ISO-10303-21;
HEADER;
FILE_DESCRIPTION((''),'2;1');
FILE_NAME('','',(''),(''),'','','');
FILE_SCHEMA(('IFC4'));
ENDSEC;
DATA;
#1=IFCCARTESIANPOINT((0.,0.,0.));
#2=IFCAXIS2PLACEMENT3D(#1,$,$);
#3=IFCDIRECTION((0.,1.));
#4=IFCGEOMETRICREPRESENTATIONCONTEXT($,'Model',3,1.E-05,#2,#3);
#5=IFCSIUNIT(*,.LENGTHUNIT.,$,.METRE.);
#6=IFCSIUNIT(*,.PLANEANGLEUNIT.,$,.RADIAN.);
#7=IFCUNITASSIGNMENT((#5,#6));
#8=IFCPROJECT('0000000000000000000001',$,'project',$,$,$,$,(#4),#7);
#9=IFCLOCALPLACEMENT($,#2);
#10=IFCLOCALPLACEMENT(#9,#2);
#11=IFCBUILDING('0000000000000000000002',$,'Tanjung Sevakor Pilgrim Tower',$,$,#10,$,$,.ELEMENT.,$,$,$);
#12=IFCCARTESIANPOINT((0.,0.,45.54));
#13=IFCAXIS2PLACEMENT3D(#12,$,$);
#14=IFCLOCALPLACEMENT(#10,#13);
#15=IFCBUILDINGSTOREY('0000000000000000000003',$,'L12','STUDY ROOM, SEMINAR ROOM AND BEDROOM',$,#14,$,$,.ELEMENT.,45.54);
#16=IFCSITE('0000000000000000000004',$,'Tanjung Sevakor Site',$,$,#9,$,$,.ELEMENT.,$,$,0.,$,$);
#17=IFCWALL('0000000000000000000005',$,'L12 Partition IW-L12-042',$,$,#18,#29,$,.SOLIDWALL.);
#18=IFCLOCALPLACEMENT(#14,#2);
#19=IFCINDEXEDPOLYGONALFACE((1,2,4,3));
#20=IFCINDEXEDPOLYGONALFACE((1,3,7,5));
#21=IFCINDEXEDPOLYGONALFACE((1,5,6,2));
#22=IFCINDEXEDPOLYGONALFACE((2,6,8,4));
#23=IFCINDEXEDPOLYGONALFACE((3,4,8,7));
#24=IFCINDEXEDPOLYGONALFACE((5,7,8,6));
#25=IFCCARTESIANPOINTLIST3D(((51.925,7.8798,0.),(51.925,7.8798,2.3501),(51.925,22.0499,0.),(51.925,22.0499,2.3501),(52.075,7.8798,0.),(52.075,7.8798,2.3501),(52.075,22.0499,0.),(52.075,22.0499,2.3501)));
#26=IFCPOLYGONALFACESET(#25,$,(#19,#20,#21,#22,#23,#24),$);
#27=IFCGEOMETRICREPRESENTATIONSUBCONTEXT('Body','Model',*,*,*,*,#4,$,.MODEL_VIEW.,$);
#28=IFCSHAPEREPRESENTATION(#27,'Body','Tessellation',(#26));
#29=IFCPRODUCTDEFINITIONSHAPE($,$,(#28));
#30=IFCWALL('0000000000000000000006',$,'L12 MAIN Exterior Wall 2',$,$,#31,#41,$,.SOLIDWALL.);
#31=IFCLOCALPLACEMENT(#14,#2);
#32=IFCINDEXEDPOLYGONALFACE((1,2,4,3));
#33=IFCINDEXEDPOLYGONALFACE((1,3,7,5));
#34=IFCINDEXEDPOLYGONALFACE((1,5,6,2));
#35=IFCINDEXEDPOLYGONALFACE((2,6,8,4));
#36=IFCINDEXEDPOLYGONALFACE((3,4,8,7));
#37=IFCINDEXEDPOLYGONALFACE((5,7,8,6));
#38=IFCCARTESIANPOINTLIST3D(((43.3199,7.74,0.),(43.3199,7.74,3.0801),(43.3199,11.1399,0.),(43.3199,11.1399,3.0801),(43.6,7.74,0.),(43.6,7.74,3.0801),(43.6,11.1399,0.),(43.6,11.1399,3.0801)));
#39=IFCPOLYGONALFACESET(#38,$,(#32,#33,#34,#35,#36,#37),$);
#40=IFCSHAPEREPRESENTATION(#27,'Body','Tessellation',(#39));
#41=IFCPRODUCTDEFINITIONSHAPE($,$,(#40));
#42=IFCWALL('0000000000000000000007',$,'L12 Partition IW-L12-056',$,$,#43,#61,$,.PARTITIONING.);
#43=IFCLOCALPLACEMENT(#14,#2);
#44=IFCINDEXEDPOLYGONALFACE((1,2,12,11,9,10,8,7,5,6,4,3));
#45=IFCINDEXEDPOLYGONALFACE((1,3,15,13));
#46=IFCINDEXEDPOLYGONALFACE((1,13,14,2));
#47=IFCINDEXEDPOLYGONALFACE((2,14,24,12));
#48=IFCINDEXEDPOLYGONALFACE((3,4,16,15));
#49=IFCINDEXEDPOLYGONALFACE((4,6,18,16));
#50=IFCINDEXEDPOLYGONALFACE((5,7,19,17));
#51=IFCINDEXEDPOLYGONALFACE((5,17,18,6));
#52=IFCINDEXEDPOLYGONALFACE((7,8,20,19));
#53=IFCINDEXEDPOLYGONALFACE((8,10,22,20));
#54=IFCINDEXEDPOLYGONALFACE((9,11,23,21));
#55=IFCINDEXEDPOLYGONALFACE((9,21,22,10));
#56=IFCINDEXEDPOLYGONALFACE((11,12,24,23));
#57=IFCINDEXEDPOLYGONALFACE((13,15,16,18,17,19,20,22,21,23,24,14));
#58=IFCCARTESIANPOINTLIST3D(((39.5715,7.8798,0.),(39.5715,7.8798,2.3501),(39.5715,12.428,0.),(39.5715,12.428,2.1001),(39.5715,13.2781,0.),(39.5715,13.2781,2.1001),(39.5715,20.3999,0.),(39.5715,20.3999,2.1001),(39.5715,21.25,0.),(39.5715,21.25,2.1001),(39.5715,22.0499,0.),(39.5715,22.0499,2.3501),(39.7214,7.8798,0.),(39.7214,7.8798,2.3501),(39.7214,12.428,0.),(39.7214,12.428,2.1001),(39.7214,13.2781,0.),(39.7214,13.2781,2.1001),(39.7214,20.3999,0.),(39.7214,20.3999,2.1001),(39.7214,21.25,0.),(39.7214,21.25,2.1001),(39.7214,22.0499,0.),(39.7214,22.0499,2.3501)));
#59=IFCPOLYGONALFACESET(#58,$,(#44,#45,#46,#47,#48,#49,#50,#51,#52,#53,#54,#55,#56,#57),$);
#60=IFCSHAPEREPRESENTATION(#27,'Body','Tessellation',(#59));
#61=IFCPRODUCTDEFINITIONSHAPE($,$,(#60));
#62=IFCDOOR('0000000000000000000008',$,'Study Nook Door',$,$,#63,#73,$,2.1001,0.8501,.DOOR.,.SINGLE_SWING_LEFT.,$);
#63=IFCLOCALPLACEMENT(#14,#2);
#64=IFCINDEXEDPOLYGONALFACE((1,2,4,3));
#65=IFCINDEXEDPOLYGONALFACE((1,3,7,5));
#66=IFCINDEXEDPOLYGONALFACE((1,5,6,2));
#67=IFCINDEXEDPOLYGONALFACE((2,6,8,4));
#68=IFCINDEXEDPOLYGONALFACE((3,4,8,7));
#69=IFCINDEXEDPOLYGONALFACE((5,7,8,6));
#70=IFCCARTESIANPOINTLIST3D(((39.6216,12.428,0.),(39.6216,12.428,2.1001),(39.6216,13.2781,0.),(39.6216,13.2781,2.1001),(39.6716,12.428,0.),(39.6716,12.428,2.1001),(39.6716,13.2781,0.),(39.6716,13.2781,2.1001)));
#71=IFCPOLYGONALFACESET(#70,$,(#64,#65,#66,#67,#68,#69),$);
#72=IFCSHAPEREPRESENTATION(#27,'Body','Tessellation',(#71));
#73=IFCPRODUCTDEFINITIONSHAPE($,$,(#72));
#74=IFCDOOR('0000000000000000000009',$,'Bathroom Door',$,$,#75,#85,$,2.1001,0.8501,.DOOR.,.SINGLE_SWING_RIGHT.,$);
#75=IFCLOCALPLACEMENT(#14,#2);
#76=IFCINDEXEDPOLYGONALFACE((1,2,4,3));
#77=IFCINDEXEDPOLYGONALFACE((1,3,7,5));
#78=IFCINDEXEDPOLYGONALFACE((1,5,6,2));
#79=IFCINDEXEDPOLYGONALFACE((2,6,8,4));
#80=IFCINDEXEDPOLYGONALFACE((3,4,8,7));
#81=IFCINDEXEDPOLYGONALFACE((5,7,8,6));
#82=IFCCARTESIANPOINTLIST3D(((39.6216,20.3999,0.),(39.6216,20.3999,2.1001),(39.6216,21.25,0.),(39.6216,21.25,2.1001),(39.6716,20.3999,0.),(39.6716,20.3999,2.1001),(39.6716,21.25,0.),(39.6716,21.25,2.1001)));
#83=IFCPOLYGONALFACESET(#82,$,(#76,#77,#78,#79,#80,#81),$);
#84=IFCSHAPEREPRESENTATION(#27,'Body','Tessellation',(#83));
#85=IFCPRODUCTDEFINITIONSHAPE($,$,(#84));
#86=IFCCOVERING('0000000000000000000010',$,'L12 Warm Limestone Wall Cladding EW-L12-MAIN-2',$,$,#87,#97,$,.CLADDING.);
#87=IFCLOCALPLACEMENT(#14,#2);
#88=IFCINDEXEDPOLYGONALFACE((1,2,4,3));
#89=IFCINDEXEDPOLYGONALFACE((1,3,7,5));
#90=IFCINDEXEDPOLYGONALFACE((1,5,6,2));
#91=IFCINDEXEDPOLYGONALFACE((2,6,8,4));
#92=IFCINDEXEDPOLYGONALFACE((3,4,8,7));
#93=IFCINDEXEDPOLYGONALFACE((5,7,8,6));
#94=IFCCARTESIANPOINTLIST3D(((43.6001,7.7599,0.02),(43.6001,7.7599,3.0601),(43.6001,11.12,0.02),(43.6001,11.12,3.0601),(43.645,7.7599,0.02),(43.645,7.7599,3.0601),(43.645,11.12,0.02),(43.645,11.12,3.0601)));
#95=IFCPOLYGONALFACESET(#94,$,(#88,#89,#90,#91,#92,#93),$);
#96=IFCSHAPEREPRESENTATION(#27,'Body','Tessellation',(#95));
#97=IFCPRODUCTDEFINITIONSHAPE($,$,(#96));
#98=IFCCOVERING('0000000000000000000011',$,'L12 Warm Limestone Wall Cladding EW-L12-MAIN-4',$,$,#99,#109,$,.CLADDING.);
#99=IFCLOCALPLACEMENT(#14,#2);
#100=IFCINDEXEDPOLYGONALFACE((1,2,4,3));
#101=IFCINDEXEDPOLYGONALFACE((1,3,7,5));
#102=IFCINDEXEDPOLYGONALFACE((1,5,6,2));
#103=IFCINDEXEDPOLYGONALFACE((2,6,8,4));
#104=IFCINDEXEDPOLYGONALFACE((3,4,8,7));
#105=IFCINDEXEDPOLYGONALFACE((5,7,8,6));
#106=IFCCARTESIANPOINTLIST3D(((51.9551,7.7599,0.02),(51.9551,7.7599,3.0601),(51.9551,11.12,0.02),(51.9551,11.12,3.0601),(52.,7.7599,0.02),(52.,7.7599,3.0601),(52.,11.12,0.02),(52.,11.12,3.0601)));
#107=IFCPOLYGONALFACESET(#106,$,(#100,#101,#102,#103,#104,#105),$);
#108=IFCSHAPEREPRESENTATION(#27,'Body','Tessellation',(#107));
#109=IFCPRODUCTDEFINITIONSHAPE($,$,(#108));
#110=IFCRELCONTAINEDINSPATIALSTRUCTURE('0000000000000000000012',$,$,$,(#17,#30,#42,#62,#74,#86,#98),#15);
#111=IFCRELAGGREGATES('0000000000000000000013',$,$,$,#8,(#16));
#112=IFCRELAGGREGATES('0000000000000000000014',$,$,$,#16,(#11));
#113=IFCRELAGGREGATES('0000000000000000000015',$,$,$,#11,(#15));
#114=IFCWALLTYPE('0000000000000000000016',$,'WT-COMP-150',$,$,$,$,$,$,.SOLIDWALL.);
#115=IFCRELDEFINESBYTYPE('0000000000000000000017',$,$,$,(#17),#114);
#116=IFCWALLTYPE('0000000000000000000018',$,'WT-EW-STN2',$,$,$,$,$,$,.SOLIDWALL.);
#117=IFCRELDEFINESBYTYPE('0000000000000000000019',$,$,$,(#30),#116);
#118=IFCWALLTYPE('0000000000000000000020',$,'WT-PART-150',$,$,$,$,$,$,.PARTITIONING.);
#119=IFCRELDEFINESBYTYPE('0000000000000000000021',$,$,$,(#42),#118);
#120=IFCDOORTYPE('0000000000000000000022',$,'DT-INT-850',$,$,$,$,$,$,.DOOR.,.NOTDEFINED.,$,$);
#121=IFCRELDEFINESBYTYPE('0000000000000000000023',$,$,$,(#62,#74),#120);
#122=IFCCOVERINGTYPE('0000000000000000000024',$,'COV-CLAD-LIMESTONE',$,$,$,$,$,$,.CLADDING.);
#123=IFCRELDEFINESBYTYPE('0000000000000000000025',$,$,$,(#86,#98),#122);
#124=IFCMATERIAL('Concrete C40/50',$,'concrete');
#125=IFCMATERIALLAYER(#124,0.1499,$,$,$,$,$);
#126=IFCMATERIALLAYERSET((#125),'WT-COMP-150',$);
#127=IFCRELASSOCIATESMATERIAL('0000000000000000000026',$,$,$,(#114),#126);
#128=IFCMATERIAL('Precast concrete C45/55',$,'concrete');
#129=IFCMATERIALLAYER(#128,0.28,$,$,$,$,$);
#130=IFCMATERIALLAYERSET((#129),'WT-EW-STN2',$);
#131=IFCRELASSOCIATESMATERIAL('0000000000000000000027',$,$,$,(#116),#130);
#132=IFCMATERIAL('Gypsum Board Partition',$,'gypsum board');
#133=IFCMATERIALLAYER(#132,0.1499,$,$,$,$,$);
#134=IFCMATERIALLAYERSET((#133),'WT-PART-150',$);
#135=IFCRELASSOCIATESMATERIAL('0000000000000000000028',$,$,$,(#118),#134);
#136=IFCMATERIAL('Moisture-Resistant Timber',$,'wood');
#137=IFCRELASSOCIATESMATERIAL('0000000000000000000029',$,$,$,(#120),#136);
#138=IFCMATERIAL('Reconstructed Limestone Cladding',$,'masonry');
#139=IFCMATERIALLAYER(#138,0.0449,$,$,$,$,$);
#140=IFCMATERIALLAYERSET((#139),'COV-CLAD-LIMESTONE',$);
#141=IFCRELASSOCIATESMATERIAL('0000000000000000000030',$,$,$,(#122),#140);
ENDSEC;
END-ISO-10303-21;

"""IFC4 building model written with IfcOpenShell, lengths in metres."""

from ifc_helpers import new_model, si_unit, direction, frame, frame_2d, origin, origin_2d, place, context, subcontext, project, spatial, rectangle, extrude, material, layer, layer_set, type_object, element, fill, save


model = new_model("IFC4")

# Units and contexts
model_context = context("Model", 3, precision=1e-05, world=origin(), true_north=direction((0.0, 1.0)))
body_context = subcontext(model_context, "Body", "Model", "MODEL_VIEW")
ifc_project = project(units=[si_unit("LENGTHUNIT", "METRE"), si_unit("PLANEANGLEUNIT", "RADIAN")], contexts=[model_context])

# Site, building, storey
site_placement = place(None, origin())
site = spatial("IfcSite", under=ifc_project, at=site_placement, Name="Tanjung Sevakor Site", CompositionType="ELEMENT", RefElevation=0.0)
building_placement = place(site_placement, origin())
building = spatial("IfcBuilding", under=site, at=building_placement, Name="Tanjung Sevakor Pilgrim Tower", CompositionType="ELEMENT")
storey_placement = place(building_placement, frame((0.0, 0.0, 45.54)))
storey = spatial("IfcBuildingStorey", under=building, at=storey_placement, Name="L12", Description="STUDY ROOM, SEMINAR ROOM AND BEDROOM", CompositionType="ELEMENT", Elevation=45.54)

# Walls
ifc_material_1 = material(Name="Concrete C40/50", Category="concrete")
ifc_layer_1 = layer(ifc_material_1, 0.1499)
ifc_layer_set_1 = layer_set([ifc_layer_1], Name="WT-COMP-150")
wall_type_1 = type_object("IfcWallType", Name="WT-COMP-150", PredefinedType="SOLIDWALL", material=ifc_layer_set_1)
for number, where, z_axis, x_axis, name in (
    (1, (52.0, 7.8799, 0.0), (0.0, 0.0, 1.0), (0.0, 1.0, 0.0), "L12 Partition IW-L12-042"),
):
    element("IfcWall", number, at=place(storey_placement, frame(where, z_axis=z_axis, x_axis=x_axis)), inside=storey, type_object=wall_type_1, Name=name, PredefinedType="SOLIDWALL", context=body_context, shape_type="SweptSolid", body=[
        extrude(rectangle(XDim=14.1702, YDim=0.1499, at=frame_2d((7.085, 0.0))), origin(), (0.0, 0.0, 1.0), 2.3501),
    ])
ifc_material_2 = material(Name="Precast concrete C45/55", Category="concrete")
ifc_layer_2 = layer(ifc_material_2, 0.28)
ifc_layer_set_2 = layer_set([ifc_layer_2], Name="WT-EW-STN2")
wall_type_2 = type_object("IfcWallType", Name="WT-EW-STN2", PredefinedType="SOLIDWALL", material=ifc_layer_set_2)
wall_1_placement = place(storey_placement, frame((43.46, 7.74, 0.0), z_axis=(0.0, 0.0, 1.0), x_axis=(0.0, 1.0, 0.0)))
element("IfcWall", 2, at=wall_1_placement, inside=storey, type_object=wall_type_2, Name="L12 MAIN Exterior Wall 2", PredefinedType="SOLIDWALL", context=body_context, shape_type="SweptSolid", body=[
    extrude(rectangle(XDim=3.3999, YDim=0.28, at=frame_2d((1.7, 0.0))), origin(), (0.0, 0.0, 1.0), 3.0801),
])

# Wall, openings, doors
ifc_material_3 = material(Name="Gypsum Board Partition", Category="gypsum board")
ifc_layer_3 = layer(ifc_material_3, 0.1499)
ifc_layer_set_3 = layer_set([ifc_layer_3], Name="WT-PART-150")
wall_type_3 = type_object("IfcWallType", Name="WT-PART-150", PredefinedType="PARTITIONING", material=ifc_layer_set_3)
wall_2_placement = place(storey_placement, frame((39.6465, 7.8799, 0.0), z_axis=(0.0, 0.0, 1.0), x_axis=(0.0, 1.0, 0.0)))
wall_2 = element("IfcWall", 3, at=wall_2_placement, inside=storey, type_object=wall_type_3, Name="L12 Partition IW-L12-056", PredefinedType="PARTITIONING", context=body_context, shape_type="SweptSolid", body=[
    extrude(rectangle(XDim=14.1702, YDim=0.1499, at=frame_2d((7.085, 0.0))), origin(), (0.0, 0.0, 1.0), 2.3501),
])
opening_1_placement = place(wall_2_placement, frame((4.5481, 0.0, 0.0)))
opening_1 = element("IfcOpeningElement", 4, at=opening_1_placement, cuts=wall_2, PredefinedType="OPENING", context=body_context, shape_type="SweptSolid", body=[
    extrude(rectangle(XDim=0.8501, YDim=2.1001, at=frame_2d((0.425, 1.05))), frame((0.0, 0.085, 0.0), z_axis=(0.0, -1.0, 0.0), x_axis=(1.0, 0.0, 0.0)), (0.0, 0.0, 1.0), 0.1699),
])
opening_2_placement = place(wall_2_placement, frame((12.52, 0.0, 0.0)))
opening_2 = element("IfcOpeningElement", 5, at=opening_2_placement, cuts=wall_2, PredefinedType="OPENING", context=body_context, shape_type="SweptSolid", body=[
    extrude(rectangle(XDim=0.8501, YDim=2.1001, at=frame_2d((0.425, 1.05))), frame((0.0, 0.085, 0.0), z_axis=(0.0, -1.0, 0.0), x_axis=(1.0, 0.0, 0.0)), (0.0, 0.0, 1.0), 0.1699),
])
ifc_material_4 = material(Name="Moisture-Resistant Timber", Category="wood")
door_type_1 = type_object("IfcDoorType", Name="DT-INT-850", OperationType="NOTDEFINED", PredefinedType="DOOR", material=ifc_material_4)
door_1_placement = place(opening_1_placement, origin())
door_1 = element("IfcDoor", 6, at=door_1_placement, inside=storey, type_object=door_type_1, Name="Study Nook Door", OperationType="SINGLE_SWING_LEFT", OverallHeight=2.1001, OverallWidth=0.8501, PredefinedType="DOOR", context=body_context, shape_type="SweptSolid", body=[
    extrude(rectangle(XDim=0.8501, YDim=2.1001, at=frame_2d((0.425, 1.05))), frame((0.0, 0.0249, 0.0), z_axis=(0.0, -1.0, 0.0), x_axis=(1.0, 0.0, 0.0)), (0.0, 0.0, 1.0), 0.05),
])
fill(opening_1, door_1)
door_2_placement = place(opening_2_placement, origin())
door_2 = element("IfcDoor", 7, at=door_2_placement, inside=storey, type_object=door_type_1, Name="Bathroom Door", OperationType="SINGLE_SWING_RIGHT", OverallHeight=2.1001, OverallWidth=0.8501, PredefinedType="DOOR", context=body_context, shape_type="SweptSolid", body=[
    extrude(rectangle(XDim=0.8501, YDim=2.1001, at=frame_2d((0.425, 1.05))), frame((0.0, 0.0249, 0.0), z_axis=(0.0, -1.0, 0.0), x_axis=(1.0, 0.0, 0.0)), (0.0, 0.0, 1.0), 0.05),
])
fill(opening_2, door_2)

# Coverings
ifc_material_5 = material(Name="Reconstructed Limestone Cladding", Category="masonry")
ifc_layer_4 = layer(ifc_material_5, 0.0449)
ifc_layer_set_4 = layer_set([ifc_layer_4], Name="COV-CLAD-LIMESTONE")
covering_type = type_object("IfcCoveringType", Name="COV-CLAD-LIMESTONE", PredefinedType="CLADDING", material=ifc_layer_set_4)
for number, where, z_axis, x_axis, name in (
    (8, (43.6226, 9.4399, 0.02), (0.0, 0.0, 1.0), (0.0, 1.0, 0.0), "L12 Warm Limestone Wall Cladding EW-L12-MAIN-2"),
    (9, (51.9775, 9.4399, 0.02), (0.0, 0.0, 1.0), (0.0, -1.0, 0.0), "L12 Warm Limestone Wall Cladding EW-L12-MAIN-4"),
):
    element("IfcCovering", number, at=place(storey_placement, frame(where, z_axis=z_axis, x_axis=x_axis)), inside=storey, type_object=covering_type, Name=name, PredefinedType="CLADDING", context=body_context, shape_type="SweptSolid", body=[
        extrude(rectangle(XDim=3.3601, YDim=0.0449, at=origin_2d()), origin(), (0.0, 0.0, 1.0), 3.04),
    ])

save(model, "model.ifc")
